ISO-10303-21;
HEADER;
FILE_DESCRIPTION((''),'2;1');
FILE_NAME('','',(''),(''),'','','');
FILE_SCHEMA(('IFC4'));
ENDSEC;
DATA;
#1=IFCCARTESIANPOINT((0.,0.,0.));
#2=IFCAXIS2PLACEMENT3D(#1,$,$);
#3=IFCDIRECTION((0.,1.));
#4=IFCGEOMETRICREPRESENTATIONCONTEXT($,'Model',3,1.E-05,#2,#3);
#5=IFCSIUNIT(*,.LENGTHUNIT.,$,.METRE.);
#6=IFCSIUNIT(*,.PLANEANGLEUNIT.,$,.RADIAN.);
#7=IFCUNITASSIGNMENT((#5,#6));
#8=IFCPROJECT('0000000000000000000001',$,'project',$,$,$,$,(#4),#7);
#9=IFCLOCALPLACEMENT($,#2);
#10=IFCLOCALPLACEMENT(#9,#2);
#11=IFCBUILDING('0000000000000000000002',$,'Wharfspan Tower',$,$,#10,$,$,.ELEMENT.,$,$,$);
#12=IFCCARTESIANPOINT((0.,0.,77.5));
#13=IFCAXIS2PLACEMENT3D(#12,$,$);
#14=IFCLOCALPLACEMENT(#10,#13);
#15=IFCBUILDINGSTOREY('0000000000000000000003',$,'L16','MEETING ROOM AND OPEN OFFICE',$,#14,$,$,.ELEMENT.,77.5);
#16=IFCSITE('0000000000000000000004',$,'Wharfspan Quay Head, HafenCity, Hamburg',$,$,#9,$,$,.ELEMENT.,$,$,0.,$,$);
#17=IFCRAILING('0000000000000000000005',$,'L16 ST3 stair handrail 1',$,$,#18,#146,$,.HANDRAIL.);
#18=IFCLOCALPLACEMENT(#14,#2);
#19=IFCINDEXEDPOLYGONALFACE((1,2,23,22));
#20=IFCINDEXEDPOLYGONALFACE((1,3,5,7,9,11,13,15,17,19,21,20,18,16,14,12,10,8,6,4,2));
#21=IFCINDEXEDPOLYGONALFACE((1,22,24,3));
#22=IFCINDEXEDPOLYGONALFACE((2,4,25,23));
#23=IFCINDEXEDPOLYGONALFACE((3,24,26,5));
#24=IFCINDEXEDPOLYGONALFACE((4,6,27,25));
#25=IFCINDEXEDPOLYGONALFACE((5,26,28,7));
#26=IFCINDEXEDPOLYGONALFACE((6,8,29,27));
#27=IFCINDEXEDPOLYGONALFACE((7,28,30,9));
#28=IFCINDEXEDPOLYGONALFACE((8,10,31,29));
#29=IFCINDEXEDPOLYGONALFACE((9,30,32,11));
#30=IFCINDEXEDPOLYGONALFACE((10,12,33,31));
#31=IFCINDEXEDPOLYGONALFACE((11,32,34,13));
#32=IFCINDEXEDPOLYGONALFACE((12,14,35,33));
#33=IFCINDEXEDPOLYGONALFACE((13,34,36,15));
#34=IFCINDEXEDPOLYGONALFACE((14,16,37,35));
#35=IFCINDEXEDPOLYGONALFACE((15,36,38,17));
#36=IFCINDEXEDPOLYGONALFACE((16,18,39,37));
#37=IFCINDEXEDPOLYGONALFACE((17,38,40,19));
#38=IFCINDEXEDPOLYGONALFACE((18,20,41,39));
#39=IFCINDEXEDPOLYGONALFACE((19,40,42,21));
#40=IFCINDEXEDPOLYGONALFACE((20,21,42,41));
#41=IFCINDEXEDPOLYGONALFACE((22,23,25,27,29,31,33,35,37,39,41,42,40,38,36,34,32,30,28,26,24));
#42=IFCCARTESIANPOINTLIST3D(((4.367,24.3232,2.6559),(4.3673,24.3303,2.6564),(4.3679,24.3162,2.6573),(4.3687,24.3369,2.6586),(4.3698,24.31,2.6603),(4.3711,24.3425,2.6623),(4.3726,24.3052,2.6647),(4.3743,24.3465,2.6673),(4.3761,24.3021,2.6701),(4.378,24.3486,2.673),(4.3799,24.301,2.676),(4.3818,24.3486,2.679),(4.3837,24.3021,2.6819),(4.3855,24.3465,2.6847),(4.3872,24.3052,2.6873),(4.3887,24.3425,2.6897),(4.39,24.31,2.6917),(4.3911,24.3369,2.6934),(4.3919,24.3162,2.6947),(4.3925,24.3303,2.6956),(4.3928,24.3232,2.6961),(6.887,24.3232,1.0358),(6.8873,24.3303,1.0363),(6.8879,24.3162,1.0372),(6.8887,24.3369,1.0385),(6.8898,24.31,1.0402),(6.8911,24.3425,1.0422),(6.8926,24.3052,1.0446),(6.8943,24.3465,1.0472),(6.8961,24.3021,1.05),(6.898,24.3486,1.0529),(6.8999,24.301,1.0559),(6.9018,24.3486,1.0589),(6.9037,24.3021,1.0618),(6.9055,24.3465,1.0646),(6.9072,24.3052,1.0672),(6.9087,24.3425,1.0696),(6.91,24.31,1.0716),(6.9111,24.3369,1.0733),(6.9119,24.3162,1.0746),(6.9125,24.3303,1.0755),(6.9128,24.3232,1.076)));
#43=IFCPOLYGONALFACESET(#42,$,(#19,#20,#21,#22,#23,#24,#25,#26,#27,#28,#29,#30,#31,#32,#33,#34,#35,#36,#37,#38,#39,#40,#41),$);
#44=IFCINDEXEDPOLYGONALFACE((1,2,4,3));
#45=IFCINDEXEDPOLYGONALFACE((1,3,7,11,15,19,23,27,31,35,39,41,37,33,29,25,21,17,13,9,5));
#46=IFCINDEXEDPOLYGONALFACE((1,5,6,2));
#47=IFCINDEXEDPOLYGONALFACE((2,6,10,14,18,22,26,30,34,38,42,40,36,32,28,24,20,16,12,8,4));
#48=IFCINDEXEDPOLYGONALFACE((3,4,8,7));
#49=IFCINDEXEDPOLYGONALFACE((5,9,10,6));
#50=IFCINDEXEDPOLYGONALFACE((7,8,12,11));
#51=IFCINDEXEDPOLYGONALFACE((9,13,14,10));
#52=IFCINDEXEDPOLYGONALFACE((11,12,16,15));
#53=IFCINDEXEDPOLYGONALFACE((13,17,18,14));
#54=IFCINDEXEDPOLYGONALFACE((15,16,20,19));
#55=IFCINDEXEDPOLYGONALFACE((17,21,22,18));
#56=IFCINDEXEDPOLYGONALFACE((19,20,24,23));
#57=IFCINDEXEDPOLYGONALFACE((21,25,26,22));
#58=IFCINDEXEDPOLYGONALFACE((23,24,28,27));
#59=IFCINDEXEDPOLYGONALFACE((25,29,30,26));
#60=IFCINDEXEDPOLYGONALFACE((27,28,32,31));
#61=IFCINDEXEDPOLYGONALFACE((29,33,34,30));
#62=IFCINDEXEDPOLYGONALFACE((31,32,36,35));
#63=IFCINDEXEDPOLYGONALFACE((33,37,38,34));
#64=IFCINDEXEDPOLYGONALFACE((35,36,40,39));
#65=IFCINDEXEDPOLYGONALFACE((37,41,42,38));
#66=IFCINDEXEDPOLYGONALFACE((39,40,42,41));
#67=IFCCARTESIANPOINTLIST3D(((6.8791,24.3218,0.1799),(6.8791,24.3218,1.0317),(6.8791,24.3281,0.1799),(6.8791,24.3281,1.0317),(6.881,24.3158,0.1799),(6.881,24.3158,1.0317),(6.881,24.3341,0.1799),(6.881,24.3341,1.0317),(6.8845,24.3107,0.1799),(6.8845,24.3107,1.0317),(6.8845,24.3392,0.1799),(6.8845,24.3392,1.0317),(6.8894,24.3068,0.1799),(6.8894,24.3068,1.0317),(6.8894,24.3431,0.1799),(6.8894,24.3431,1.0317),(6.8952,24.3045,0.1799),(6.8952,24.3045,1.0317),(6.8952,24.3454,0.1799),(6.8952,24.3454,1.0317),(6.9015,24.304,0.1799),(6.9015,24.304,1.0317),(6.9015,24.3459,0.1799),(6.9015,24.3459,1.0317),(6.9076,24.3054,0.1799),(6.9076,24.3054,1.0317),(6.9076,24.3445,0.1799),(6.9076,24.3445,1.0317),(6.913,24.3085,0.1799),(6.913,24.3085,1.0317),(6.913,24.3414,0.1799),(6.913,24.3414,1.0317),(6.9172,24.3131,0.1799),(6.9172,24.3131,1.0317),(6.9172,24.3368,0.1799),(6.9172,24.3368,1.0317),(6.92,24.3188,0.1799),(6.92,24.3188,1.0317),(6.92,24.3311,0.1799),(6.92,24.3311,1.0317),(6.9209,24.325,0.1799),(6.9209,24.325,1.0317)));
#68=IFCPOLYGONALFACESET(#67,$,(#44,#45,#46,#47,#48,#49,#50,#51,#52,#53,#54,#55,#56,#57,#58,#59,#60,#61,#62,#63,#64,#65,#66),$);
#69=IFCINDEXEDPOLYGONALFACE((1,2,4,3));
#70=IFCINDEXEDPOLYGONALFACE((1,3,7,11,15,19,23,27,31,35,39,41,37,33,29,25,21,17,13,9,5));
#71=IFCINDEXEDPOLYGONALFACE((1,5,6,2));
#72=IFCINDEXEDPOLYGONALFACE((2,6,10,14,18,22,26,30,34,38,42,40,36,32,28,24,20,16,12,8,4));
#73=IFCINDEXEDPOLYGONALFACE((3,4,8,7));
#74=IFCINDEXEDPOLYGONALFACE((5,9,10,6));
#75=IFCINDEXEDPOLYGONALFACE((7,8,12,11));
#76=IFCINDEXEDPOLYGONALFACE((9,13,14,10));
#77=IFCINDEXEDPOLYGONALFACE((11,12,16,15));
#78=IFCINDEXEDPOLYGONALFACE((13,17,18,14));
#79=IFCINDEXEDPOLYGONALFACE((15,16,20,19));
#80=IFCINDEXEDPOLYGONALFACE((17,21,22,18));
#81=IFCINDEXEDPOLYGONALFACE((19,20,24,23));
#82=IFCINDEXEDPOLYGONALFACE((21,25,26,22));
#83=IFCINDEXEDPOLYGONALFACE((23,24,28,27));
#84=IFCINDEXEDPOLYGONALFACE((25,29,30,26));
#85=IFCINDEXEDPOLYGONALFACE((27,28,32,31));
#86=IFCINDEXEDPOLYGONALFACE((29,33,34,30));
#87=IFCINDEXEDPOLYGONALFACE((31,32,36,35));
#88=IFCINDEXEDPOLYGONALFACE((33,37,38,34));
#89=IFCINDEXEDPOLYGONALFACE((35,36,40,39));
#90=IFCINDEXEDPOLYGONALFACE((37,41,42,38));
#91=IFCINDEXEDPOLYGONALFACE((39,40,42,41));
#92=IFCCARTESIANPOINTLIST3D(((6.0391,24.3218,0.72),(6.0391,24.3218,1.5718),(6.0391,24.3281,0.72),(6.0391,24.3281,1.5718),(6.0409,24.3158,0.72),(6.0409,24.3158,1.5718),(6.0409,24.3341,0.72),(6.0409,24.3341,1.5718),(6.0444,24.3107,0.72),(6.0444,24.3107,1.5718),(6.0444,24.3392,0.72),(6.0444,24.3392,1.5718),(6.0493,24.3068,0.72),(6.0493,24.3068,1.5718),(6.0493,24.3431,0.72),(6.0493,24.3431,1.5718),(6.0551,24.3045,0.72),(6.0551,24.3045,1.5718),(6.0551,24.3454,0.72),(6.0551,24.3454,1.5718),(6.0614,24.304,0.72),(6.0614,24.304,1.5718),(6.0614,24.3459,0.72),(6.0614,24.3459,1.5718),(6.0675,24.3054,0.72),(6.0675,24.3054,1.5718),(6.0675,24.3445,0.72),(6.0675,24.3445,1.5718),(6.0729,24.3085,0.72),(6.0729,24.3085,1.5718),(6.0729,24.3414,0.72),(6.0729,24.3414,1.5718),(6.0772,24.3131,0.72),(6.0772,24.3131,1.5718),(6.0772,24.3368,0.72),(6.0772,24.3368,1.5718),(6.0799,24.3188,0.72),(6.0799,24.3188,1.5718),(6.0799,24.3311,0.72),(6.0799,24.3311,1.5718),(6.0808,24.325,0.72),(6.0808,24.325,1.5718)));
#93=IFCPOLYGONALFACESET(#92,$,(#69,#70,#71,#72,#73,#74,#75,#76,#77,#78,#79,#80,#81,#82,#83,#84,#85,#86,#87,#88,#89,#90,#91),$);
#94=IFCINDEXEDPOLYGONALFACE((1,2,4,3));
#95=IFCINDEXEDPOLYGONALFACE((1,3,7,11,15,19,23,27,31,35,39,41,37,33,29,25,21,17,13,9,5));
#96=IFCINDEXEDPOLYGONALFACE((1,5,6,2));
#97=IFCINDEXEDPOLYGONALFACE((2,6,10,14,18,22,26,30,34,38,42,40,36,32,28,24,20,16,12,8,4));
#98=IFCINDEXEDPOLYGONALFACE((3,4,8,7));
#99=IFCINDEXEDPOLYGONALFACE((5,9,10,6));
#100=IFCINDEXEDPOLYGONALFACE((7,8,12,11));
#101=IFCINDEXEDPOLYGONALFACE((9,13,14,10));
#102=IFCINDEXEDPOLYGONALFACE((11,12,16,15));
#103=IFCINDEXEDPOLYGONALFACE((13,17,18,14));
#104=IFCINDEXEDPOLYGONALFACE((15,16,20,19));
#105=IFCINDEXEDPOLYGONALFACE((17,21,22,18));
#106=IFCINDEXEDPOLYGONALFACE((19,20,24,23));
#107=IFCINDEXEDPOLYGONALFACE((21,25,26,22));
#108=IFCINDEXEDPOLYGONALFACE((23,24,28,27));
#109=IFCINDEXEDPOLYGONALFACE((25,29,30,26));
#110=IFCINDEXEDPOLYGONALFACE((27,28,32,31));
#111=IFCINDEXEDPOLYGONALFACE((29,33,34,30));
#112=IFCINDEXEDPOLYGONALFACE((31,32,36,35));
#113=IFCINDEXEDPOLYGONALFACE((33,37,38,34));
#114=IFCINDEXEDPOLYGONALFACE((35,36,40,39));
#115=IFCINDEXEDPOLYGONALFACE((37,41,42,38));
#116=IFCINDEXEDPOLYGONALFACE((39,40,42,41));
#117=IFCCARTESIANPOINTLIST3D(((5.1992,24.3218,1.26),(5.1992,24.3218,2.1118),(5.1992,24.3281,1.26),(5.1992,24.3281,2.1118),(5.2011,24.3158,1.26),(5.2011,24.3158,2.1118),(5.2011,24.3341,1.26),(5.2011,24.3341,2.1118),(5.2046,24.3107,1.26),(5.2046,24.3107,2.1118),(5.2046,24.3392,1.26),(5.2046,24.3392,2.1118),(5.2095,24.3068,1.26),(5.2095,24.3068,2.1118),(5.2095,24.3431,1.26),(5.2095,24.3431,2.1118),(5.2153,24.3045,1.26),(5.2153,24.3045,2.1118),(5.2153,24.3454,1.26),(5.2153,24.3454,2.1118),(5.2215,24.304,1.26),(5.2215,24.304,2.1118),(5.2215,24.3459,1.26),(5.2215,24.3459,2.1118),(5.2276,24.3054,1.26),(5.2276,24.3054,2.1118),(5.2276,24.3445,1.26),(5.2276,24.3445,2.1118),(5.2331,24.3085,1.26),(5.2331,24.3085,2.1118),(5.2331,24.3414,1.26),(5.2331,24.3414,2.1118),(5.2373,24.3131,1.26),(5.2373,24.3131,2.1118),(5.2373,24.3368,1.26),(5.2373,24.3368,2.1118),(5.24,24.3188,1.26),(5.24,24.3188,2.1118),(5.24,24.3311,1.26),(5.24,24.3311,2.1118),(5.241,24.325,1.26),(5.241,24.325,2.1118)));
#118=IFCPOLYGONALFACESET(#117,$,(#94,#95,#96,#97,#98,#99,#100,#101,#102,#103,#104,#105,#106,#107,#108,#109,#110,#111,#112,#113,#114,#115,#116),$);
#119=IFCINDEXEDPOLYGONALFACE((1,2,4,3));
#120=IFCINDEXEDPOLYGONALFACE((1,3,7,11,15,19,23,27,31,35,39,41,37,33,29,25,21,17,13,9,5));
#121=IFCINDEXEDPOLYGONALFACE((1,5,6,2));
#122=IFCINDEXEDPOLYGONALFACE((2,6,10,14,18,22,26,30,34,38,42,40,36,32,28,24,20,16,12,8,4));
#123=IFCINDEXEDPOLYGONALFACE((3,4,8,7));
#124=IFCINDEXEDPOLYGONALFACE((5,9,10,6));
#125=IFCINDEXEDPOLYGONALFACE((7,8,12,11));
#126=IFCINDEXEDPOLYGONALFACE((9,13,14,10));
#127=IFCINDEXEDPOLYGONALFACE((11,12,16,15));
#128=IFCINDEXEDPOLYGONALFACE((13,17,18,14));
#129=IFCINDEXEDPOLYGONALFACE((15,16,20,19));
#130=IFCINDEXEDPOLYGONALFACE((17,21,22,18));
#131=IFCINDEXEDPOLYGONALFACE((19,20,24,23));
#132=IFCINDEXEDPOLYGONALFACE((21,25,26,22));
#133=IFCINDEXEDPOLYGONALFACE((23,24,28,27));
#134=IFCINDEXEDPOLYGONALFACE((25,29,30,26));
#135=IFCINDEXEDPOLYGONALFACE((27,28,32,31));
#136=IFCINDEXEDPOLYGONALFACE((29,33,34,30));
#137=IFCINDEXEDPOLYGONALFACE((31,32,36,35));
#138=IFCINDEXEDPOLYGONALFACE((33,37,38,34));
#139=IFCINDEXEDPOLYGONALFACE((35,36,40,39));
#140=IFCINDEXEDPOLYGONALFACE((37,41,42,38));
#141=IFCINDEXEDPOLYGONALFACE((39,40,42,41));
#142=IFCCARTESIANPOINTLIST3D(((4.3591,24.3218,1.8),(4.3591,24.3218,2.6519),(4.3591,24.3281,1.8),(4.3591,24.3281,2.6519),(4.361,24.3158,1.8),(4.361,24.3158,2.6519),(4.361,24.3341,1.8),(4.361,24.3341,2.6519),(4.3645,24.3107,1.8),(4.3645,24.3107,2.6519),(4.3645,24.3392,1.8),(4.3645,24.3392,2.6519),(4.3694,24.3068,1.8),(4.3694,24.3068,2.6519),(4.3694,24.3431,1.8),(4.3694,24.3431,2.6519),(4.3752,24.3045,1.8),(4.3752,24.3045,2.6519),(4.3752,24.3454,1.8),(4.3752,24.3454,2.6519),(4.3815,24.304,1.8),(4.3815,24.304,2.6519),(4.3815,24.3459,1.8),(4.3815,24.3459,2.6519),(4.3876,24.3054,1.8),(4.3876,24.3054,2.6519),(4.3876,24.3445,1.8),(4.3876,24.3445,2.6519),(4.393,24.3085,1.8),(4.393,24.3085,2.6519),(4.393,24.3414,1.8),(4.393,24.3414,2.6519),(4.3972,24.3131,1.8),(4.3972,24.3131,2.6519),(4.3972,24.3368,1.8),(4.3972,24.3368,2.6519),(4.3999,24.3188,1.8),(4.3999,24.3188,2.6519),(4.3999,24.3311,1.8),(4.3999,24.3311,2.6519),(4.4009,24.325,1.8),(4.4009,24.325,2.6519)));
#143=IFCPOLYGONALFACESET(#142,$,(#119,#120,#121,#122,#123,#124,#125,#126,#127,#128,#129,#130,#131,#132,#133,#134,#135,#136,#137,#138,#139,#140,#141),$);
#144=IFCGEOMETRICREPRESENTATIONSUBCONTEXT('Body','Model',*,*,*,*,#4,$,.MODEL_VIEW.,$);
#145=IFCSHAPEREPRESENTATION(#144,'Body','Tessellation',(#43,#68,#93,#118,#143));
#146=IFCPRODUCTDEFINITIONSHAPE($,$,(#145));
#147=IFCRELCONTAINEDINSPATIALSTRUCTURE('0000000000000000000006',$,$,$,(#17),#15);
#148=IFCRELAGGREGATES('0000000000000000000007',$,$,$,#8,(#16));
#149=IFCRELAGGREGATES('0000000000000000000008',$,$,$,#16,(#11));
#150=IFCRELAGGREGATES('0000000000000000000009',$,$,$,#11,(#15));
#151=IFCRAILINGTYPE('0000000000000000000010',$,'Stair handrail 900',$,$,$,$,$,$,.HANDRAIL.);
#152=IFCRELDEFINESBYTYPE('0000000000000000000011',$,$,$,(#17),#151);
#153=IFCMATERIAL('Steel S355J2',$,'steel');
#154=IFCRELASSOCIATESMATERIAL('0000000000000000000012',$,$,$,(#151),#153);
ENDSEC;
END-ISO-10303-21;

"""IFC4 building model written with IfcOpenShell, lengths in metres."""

from ifc_helpers import new_model, si_unit, direction, frame, origin, origin_2d, place, context, subcontext, project, spatial, circle, extrude, material, type_object, element, save


model = new_model("IFC4")

# Units and contexts
model_context = context("Model", 3, precision=1e-05, world=origin(), true_north=direction((0.0, 1.0)))
body_context = subcontext(model_context, "Body", "Model", "MODEL_VIEW")
ifc_project = project(units=[si_unit("LENGTHUNIT", "METRE"), si_unit("PLANEANGLEUNIT", "RADIAN")], contexts=[model_context])

# Site, building, storey
site_placement = place(None, origin())
site = spatial("IfcSite", under=ifc_project, at=site_placement, Name="Wharfspan Quay Head, HafenCity, Hamburg", CompositionType="ELEMENT", RefElevation=0.0)
building_placement = place(site_placement, origin())
building = spatial("IfcBuilding", under=site, at=building_placement, Name="Wharfspan Tower", CompositionType="ELEMENT")
storey_placement = place(building_placement, frame((0.0, 0.0, 77.5)))
storey = spatial("IfcBuildingStorey", under=building, at=storey_placement, Name="L16", Description="MEETING ROOM AND OPEN OFFICE", CompositionType="ELEMENT", Elevation=77.5)

# Shared definitions
ifc_material_1 = material(Name="Steel S355J2", Category="steel")

# Railing
railing_type_1 = type_object("IfcRailingType", Name="Stair handrail 900", PredefinedType="HANDRAIL", material=ifc_material_1)
railing_1_placement = place(storey_placement, frame((6.8999, 24.325, 0.1799)))
element("IfcRailing", 1, at=railing_1_placement, inside=storey, type_object=railing_type_1, Name="L16 ST3 stair handrail 1", PredefinedType="HANDRAIL", context=body_context, shape_type="SweptSolid", body=[
    extrude(circle(Radius=0.0239, at=origin_2d()), frame((0.0, 0.0, 0.876), z_axis=(-0.841163, 0.0, 0.540782), x_axis=(0.0, -1.0, 0.0)), (0.0, 0.0, 1.0), 2.9958),
    extrude(circle(Radius=0.021, at=origin_2d()), origin(), (0.0, 0.0, 1.0), 0.8518),
    extrude(circle(Radius=0.021, at=origin_2d()), frame((-0.8401, 0.0, 0.54)), (0.0, 0.0, 1.0), 0.8518),
    extrude(circle(Radius=0.021, at=origin_2d()), frame((-1.6799, 0.0, 1.0801)), (0.0, 0.0, 1.0), 0.8518),
    extrude(circle(Radius=0.021, at=origin_2d()), frame((-2.52, 0.0, 1.6201)), (0.0, 0.0, 1.0), 0.8518),
])

save(model, "model.ifc")
